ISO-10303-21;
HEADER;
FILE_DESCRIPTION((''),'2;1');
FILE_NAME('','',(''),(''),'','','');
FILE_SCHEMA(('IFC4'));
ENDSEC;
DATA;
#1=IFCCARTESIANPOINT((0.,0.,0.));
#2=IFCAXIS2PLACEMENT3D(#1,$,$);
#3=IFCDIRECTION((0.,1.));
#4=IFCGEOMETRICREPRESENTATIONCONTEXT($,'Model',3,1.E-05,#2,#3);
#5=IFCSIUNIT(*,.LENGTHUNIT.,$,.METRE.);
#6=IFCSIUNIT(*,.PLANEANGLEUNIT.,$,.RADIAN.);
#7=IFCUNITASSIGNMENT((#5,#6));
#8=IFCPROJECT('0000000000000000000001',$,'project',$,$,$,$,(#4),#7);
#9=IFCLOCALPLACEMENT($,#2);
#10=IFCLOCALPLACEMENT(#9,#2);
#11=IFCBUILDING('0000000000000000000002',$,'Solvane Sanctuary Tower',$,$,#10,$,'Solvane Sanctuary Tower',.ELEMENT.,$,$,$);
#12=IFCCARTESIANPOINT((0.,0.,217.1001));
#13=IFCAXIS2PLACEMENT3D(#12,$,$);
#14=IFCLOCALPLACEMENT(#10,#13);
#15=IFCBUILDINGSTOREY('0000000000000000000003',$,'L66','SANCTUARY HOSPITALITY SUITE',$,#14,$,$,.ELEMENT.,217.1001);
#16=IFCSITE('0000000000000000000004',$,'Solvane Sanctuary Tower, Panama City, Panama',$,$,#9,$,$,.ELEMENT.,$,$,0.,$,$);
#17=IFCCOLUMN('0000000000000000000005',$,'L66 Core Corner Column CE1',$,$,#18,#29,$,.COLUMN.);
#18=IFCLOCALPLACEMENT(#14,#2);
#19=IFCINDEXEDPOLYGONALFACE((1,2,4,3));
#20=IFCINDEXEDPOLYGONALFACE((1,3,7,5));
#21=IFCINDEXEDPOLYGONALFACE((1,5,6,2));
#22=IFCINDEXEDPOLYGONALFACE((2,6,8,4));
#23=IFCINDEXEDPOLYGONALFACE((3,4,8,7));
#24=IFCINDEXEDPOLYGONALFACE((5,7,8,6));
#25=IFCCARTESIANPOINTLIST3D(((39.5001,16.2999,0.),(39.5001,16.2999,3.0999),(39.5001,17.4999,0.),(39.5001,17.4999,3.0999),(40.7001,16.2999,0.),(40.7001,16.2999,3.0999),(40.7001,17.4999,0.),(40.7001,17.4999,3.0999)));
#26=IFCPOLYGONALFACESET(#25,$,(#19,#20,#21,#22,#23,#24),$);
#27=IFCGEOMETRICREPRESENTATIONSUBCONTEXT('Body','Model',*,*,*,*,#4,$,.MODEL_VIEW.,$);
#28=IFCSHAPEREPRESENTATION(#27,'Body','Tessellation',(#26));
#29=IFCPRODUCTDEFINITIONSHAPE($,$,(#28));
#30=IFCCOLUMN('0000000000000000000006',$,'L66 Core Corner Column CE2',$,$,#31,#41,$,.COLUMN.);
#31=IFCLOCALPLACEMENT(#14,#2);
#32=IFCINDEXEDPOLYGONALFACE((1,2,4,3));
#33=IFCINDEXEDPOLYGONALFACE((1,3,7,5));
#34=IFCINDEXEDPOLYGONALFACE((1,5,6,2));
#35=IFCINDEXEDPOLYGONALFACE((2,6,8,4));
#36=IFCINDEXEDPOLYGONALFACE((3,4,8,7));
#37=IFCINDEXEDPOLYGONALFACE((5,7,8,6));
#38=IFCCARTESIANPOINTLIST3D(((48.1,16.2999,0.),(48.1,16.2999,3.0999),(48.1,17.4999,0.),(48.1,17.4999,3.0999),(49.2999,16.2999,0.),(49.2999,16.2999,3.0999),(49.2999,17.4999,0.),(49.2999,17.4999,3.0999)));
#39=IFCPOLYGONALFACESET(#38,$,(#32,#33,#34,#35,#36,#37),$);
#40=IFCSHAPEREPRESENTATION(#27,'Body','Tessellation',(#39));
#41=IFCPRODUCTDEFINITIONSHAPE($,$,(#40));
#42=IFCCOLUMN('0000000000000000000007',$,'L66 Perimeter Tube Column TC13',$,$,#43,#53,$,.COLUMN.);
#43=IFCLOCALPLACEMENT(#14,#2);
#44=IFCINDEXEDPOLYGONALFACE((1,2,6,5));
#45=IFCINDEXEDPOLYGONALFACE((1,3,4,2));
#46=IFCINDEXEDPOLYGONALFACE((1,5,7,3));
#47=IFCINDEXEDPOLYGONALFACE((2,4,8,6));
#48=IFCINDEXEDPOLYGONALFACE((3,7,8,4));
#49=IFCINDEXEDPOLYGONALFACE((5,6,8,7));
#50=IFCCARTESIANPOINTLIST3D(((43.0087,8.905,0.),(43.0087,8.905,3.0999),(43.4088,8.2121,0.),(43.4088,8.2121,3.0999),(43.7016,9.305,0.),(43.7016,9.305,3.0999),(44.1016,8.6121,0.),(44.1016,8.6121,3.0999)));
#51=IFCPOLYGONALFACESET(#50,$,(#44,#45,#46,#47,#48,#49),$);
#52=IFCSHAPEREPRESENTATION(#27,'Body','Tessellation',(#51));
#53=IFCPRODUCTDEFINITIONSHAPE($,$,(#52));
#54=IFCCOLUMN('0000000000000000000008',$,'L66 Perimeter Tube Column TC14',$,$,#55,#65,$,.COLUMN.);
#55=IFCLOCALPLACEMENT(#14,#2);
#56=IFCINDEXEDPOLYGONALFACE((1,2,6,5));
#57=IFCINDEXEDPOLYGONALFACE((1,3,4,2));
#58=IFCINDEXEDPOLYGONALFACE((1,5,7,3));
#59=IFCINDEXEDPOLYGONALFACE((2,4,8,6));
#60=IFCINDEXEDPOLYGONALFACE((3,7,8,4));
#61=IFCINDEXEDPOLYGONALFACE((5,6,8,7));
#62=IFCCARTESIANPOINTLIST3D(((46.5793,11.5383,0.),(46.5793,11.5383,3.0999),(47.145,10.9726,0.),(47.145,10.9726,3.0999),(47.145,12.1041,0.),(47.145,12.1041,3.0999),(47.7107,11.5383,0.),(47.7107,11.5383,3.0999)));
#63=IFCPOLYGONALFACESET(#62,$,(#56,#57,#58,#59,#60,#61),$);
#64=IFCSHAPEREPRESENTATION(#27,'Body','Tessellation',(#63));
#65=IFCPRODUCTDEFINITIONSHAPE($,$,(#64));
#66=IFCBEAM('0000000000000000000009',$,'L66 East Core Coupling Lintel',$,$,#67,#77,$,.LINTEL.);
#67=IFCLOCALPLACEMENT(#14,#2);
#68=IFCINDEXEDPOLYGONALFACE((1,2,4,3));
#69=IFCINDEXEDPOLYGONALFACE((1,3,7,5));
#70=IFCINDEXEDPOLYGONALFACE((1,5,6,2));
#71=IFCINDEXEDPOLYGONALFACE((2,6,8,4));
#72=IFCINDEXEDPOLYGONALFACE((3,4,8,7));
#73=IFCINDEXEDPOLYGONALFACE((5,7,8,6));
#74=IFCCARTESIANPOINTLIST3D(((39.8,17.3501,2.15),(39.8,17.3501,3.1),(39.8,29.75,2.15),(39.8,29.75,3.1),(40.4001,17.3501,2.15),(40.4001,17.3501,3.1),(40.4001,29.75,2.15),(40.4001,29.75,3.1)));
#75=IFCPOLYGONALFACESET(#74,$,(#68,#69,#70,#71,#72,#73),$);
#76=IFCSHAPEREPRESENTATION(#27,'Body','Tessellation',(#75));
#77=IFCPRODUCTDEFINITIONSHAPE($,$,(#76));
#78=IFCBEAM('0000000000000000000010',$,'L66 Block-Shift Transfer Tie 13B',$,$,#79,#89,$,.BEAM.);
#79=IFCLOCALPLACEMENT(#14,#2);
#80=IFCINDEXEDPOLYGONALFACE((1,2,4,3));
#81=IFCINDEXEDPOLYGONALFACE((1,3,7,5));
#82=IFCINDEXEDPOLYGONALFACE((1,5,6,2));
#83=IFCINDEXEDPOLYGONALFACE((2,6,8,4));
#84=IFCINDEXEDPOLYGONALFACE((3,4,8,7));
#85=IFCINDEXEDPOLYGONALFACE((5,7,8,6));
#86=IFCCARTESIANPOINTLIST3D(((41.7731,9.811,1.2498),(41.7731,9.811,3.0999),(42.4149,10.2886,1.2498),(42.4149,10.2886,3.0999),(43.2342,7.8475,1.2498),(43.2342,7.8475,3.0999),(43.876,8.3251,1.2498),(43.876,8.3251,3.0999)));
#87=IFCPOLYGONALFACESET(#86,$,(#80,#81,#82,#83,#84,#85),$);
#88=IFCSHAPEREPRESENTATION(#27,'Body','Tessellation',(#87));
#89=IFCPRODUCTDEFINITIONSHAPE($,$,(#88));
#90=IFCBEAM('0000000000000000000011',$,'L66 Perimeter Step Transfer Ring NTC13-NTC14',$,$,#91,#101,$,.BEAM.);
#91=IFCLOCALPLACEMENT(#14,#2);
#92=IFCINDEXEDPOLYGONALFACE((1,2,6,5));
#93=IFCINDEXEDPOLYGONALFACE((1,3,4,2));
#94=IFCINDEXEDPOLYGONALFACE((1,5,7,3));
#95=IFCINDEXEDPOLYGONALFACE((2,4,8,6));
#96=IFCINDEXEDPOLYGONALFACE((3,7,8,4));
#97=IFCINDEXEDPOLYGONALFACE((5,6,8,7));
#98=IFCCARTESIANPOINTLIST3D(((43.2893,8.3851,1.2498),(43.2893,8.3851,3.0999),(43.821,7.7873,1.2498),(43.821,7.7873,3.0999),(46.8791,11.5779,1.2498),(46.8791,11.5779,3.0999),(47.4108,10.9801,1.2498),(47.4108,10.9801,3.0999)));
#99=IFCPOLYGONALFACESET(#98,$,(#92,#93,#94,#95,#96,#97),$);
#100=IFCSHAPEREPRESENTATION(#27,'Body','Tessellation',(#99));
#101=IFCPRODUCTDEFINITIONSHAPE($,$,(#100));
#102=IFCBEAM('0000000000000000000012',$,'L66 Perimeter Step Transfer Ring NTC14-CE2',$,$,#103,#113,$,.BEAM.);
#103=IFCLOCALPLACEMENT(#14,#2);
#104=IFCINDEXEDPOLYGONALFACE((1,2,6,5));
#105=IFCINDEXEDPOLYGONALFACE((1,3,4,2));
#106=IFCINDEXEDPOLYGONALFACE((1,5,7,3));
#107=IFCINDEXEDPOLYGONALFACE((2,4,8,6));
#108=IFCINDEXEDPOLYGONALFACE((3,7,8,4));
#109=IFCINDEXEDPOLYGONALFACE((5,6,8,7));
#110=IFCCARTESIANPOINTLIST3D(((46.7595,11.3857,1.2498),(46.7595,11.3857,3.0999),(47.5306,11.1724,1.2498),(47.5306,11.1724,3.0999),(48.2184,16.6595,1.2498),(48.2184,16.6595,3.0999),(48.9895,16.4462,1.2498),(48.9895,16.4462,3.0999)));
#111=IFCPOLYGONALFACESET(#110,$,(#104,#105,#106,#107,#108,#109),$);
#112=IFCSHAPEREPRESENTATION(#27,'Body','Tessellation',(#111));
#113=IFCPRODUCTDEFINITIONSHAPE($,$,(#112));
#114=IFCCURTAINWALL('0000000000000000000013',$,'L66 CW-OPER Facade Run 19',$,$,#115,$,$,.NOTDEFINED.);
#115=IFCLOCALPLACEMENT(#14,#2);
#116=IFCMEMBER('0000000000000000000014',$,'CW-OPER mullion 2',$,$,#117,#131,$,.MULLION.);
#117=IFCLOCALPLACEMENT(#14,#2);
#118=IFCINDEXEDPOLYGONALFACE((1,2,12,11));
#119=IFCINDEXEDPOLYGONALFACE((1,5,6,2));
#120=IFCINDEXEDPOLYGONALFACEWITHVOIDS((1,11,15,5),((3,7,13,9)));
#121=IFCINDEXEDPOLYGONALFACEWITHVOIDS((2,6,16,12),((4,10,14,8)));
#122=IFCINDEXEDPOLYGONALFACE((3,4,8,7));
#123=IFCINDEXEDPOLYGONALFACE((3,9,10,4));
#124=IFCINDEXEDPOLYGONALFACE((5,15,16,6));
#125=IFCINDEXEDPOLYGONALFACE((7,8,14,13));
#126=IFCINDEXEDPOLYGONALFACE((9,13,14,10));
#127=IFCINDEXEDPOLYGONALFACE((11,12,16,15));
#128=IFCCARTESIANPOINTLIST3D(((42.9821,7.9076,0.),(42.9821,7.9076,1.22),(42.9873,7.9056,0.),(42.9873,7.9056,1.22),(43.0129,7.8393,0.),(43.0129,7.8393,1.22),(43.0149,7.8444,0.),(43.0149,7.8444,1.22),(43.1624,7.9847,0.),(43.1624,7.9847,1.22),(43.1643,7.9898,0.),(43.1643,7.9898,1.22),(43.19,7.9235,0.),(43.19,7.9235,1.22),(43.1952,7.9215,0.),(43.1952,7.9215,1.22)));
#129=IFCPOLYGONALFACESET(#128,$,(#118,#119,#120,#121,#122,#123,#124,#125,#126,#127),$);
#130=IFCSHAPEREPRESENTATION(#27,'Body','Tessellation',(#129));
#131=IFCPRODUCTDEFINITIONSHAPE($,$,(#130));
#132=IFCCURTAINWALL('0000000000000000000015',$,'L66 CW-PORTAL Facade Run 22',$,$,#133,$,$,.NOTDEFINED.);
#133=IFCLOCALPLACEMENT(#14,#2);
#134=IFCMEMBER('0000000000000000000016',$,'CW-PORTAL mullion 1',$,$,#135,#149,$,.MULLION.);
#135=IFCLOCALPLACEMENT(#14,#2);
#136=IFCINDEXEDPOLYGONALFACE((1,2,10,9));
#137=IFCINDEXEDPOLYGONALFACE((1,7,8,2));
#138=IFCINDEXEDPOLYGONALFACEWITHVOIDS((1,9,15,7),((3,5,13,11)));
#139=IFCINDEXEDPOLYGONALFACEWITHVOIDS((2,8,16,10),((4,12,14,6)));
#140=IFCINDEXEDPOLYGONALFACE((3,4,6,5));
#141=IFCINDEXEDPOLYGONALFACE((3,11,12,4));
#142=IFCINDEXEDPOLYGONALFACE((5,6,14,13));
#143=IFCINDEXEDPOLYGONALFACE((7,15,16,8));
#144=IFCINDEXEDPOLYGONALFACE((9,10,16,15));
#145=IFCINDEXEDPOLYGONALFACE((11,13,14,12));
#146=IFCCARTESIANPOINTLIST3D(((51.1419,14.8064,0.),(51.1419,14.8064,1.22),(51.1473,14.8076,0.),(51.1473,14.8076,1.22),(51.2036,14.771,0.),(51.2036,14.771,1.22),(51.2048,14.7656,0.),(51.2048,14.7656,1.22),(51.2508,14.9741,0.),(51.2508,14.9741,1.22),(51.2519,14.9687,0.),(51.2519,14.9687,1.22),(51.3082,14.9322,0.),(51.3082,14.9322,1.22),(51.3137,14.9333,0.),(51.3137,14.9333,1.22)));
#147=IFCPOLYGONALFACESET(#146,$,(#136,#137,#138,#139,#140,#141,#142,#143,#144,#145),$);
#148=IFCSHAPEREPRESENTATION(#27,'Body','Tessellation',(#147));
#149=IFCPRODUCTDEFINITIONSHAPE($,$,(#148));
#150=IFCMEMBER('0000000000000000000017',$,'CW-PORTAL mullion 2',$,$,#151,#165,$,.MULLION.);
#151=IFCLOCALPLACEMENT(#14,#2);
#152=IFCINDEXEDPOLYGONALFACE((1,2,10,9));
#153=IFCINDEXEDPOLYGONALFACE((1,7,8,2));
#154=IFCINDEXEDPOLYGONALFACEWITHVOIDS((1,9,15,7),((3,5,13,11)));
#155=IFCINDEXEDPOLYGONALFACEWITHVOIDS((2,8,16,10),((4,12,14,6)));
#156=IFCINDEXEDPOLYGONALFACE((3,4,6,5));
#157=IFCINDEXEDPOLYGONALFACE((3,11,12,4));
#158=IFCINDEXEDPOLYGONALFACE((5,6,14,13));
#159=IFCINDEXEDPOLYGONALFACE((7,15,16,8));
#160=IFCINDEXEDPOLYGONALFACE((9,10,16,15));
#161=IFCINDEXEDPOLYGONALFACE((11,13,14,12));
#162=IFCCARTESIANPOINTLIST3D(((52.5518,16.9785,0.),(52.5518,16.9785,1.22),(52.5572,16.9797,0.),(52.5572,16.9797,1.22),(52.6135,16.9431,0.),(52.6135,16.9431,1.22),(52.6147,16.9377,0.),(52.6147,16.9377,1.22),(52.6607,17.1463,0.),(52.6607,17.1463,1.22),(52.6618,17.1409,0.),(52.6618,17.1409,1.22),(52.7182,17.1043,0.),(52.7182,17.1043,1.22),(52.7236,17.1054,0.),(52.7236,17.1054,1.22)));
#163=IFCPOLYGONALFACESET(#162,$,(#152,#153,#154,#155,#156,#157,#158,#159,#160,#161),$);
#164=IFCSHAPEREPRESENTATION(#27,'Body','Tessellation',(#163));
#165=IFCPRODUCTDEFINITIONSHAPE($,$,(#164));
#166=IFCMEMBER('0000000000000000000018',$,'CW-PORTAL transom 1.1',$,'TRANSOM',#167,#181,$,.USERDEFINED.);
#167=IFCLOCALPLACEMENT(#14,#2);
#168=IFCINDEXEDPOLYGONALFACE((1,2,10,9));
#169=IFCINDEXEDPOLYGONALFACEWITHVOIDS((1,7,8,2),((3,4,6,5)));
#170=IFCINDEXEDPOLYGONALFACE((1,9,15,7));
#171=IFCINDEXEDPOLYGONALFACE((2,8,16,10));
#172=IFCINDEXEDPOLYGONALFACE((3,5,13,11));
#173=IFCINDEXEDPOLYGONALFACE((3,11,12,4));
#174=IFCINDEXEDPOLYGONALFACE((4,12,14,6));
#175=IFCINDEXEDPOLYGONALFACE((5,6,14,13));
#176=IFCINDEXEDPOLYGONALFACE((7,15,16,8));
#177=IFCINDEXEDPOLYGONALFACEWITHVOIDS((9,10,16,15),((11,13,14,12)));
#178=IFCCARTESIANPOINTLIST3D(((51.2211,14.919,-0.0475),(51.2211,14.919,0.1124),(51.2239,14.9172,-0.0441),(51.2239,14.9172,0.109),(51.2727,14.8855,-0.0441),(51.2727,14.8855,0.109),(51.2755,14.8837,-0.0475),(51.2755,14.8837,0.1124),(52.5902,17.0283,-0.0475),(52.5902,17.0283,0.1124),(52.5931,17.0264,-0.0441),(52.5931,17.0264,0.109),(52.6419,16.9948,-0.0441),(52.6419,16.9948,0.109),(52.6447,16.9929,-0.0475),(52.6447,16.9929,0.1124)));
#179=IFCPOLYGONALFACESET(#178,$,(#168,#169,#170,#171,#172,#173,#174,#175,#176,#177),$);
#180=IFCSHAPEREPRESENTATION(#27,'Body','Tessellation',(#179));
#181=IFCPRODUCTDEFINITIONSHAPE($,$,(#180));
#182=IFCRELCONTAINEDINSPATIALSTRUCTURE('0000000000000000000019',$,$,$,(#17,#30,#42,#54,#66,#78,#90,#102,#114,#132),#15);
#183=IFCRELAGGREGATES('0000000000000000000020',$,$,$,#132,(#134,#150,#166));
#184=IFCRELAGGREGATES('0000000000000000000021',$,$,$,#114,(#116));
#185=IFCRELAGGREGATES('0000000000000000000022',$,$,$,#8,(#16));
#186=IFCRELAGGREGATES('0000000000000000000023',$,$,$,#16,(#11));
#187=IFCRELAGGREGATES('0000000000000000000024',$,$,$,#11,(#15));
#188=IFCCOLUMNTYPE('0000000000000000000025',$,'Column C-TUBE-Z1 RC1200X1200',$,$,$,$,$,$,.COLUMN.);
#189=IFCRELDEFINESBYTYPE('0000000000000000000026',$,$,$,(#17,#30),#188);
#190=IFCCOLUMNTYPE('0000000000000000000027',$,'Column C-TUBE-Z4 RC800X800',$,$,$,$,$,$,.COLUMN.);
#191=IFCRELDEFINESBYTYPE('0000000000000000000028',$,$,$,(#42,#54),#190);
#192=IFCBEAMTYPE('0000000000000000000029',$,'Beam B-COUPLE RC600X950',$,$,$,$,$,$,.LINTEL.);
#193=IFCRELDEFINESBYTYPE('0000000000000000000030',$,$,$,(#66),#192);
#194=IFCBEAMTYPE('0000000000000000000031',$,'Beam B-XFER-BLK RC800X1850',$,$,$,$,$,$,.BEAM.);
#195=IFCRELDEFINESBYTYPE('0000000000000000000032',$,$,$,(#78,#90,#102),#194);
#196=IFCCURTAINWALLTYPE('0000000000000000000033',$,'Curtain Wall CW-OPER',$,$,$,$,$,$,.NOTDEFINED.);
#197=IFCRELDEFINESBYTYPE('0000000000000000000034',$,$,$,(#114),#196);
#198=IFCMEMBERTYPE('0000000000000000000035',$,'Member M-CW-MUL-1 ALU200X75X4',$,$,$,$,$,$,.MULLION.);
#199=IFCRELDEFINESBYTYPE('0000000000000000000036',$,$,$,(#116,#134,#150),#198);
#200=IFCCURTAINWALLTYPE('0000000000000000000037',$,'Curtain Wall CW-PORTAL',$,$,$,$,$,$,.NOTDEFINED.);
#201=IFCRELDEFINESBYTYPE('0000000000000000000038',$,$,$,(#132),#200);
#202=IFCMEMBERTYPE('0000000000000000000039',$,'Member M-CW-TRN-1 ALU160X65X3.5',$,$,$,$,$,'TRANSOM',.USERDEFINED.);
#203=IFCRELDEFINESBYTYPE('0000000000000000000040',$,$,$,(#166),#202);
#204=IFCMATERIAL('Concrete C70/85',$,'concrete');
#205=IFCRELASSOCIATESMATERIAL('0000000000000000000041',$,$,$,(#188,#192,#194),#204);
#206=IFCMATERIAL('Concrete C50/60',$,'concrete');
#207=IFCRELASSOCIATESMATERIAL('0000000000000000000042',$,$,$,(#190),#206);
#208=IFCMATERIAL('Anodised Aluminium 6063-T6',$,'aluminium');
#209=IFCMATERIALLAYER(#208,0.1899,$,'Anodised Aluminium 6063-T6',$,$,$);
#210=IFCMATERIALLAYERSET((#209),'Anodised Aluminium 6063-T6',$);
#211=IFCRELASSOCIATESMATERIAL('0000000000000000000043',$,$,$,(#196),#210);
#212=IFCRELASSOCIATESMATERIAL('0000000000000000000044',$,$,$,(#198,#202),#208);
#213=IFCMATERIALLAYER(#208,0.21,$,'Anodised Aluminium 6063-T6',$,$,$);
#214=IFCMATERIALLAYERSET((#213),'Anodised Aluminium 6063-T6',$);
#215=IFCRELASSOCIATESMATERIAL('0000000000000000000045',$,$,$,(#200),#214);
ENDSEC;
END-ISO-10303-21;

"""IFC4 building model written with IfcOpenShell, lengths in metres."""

from ifc_helpers import new_model, si_unit, direction, frame, origin, origin_2d, place, context, subcontext, project, spatial, rectangle, hollow_rectangle, extrude, material, layer, layer_set, material_profile, profile_set, type_object, element, aggregate, save


model = new_model("IFC4")

# Units and contexts
model_context = context("Model", 3, precision=1e-05, world=origin(), true_north=direction((0.0, 1.0)))
body_context = subcontext(model_context, "Body", "Model", "MODEL_VIEW")
ifc_project = project(units=[si_unit("LENGTHUNIT", "METRE"), si_unit("PLANEANGLEUNIT", "RADIAN")], contexts=[model_context])

# Site, building, storey
site_placement = place(None, origin())
site = spatial("IfcSite", under=ifc_project, at=site_placement, Name="Solvane Sanctuary Tower, Panama City, Panama", CompositionType="ELEMENT", RefElevation=0.0)
building_placement = place(site_placement, origin())
building = spatial("IfcBuilding", under=site, at=building_placement, Name="Solvane Sanctuary Tower", LongName="Solvane Sanctuary Tower", CompositionType="ELEMENT")
storey_placement = place(building_placement, frame((0.0, 0.0, 217.1001)))
storey = spatial("IfcBuildingStorey", under=building, at=storey_placement, Name="L66", Description="SANCTUARY HOSPITALITY SUITE", CompositionType="ELEMENT", Elevation=217.1001)

# Columns
ifc_material_1 = material(Name="Concrete C70/85", Category="concrete")
ifc_material_profile_1 = material_profile(ifc_material_1, rectangle(XDim=1.2, YDim=1.2, at=origin_2d()), Name="RC1200X1200")
ifc_profile_set_1 = profile_set([ifc_material_profile_1], Name="Concrete C70/85")
column_type_1 = type_object("IfcColumnType", Name="Column C-TUBE-Z1 RC1200X1200", PredefinedType="COLUMN", material=ifc_profile_set_1)
for number, where, z_axis, x_axis, name in (
    (1, (40.1001, 16.8999, 0.0), (0.0, 0.0, 1.0), (1.0, 0.0, 0.0), "L66 Core Corner Column CE1"),
    (2, (48.7, 16.8999, 0.0), (0.0, 0.0, 1.0), (1.0, 0.0, 0.0), "L66 Core Corner Column CE2"),
):
    element("IfcColumn", number, at=place(storey_placement, frame(where, z_axis=z_axis, x_axis=x_axis)), inside=storey, type_object=column_type_1, Name=name, PredefinedType="COLUMN", context=body_context, shape_type="SweptSolid", body=[
        extrude(rectangle(XDim=1.2, YDim=1.2, at=origin_2d()), origin(), (0.0, 0.0, 1.0), 3.0999),
    ])
ifc_material_2 = material(Name="Concrete C50/60", Category="concrete")
ifc_material_profile_2 = material_profile(ifc_material_2, rectangle(XDim=0.8, YDim=0.8, at=origin_2d()), Name="RC800X800")
ifc_profile_set_2 = profile_set([ifc_material_profile_2], Name="Concrete C50/60")
column_type_2 = type_object("IfcColumnType", Name="Column C-TUBE-Z4 RC800X800", PredefinedType="COLUMN", material=ifc_profile_set_2)
for number, where, z_axis, x_axis, name in (
    (3, (43.5552, 8.7585, 0.0), (0.0, 0.0, 1.0), (0.5, -0.866025, 0.0), "L66 Perimeter Tube Column TC13"),
    (4, (47.145, 11.5383, 0.0), (0.0, 0.0, 1.0), (0.707107, -0.707107, 0.0), "L66 Perimeter Tube Column TC14"),
):
    element("IfcColumn", number, at=place(storey_placement, frame(where, z_axis=z_axis, x_axis=x_axis)), inside=storey, type_object=column_type_2, Name=name, PredefinedType="COLUMN", context=body_context, shape_type="SweptSolid", body=[
        extrude(rectangle(XDim=0.8, YDim=0.8, at=origin_2d()), origin(), (0.0, 0.0, 1.0), 3.0999),
    ])

# Beams
ifc_material_profile_3 = material_profile(ifc_material_1, rectangle(XDim=0.6001, YDim=0.95, at=origin_2d()), Name="RC600X950")
ifc_profile_set_3 = profile_set([ifc_material_profile_3], Name="Concrete C70/85")
beam_type_1 = type_object("IfcBeamType", Name="Beam B-COUPLE RC600X950", PredefinedType="LINTEL", material=ifc_profile_set_3)
beam_1_placement = place(storey_placement, frame((40.1001, 17.3501, 2.625), z_axis=(0.0, 1.0, 0.0), x_axis=(-1.0, 0.0, 0.0)))
element("IfcBeam", 5, at=beam_1_placement, inside=storey, type_object=beam_type_1, Name="L66 East Core Coupling Lintel", PredefinedType="LINTEL", context=body_context, shape_type="SweptSolid", body=[
    extrude(rectangle(XDim=0.6001, YDim=0.95, at=origin_2d()), origin(), (0.0, 0.0, 1.0), 12.3999),
])
ifc_material_profile_4 = material_profile(ifc_material_1, rectangle(XDim=0.8, YDim=1.8501, at=origin_2d()), Name="RC800X1850")
ifc_profile_set_4 = profile_set([ifc_material_profile_4], Name="Concrete C70/85")
beam_type_2 = type_object("IfcBeamType", Name="Beam B-XFER-BLK RC800X1850", PredefinedType="BEAM", material=ifc_profile_set_4)
beam_2_placement = place(storey_placement, frame((42.094, 10.0498, 2.1748), z_axis=(0.596979, -0.802257, 0.0), x_axis=(0.802257, 0.596979, 0.0)))
element("IfcBeam", 6, at=beam_2_placement, inside=storey, type_object=beam_type_2, Name="L66 Block-Shift Transfer Tie 13B", PredefinedType="BEAM", context=body_context, shape_type="SweptSolid", body=[
    extrude(rectangle(XDim=0.8, YDim=1.8501, at=origin_2d()), origin(), (0.0, 0.0, 1.0), 2.4475),
])
beam_3_placement = place(storey_placement, frame((43.5552, 8.0862, 2.1748), z_axis=(0.747213, 0.664585, 0.0), x_axis=(-0.664585, 0.747213, 0.0)))
element("IfcBeam", 7, at=beam_3_placement, inside=storey, type_object=beam_type_2, Name="L66 Perimeter Step Transfer Ring NTC13-NTC14", PredefinedType="BEAM", context=body_context, shape_type="SweptSolid", body=[
    extrude(rectangle(XDim=0.8, YDim=1.8501, at=origin_2d()), origin(), (0.0, 0.0, 1.0), 4.8042),
])
beam_4_placement = place(storey_placement, frame((47.145, 11.2791, 2.1748), z_axis=(0.266627, 0.9638, 0.0), x_axis=(-0.9638, 0.266627, 0.0)))
element("IfcBeam", 8, at=beam_4_placement, inside=storey, type_object=beam_type_2, Name="L66 Perimeter Step Transfer Ring NTC14-CE2", PredefinedType="BEAM", context=body_context, shape_type="SweptSolid", body=[
    extrude(rectangle(XDim=0.8, YDim=1.8501, at=origin_2d()), origin(), (0.0, 0.0, 1.0), 5.4719),
])

# Curtain wall, member
ifc_material_3 = material(Name="Anodised Aluminium 6063-T6", Category="aluminium")
ifc_layer_1 = layer(ifc_material_3, 0.1899, Name="Anodised Aluminium 6063-T6")
ifc_layer_set_1 = layer_set([ifc_layer_1], Name="Anodised Aluminium 6063-T6")
curtain_wall_type_1 = type_object("IfcCurtainWallType", Name="Curtain Wall CW-OPER", PredefinedType="NOTDEFINED", material=ifc_layer_set_1)
curtain_wall_1_placement = place(storey_placement, origin())
curtain_wall_1 = element("IfcCurtainWall", 9, at=curtain_wall_1_placement, inside=storey, type_object=curtain_wall_type_1, Name="L66 CW-OPER Facade Run 19", PredefinedType="NOTDEFINED")
ifc_material_profile_5 = material_profile(ifc_material_3, hollow_rectangle(XDim=0.075, YDim=0.2, WallThickness=0.0039, at=origin_2d()), Name="ALU200X75X4")
ifc_profile_set_5 = profile_set([ifc_material_profile_5], Name="Anodised Aluminium 6063-T6")
member_type_1 = type_object("IfcMemberType", Name="Member M-CW-MUL-1 ALU200X75X4", PredefinedType="MULLION", material=ifc_profile_set_5)
member_1_placement = place(storey_placement, frame((43.0886, 7.9146, 0.0), z_axis=(0.0, 0.0, 1.0), x_axis=(-0.411471, 0.911423, 0.0)))
member_1 = element("IfcMember", 10, at=member_1_placement, type_object=member_type_1, Name="CW-OPER mullion 2", PredefinedType="MULLION", context=body_context, shape_type="SweptSolid", body=[
    extrude(hollow_rectangle(XDim=0.075, YDim=0.2, WallThickness=0.0039, at=origin_2d()), origin(), (0.0, 0.0, 1.0), 1.22),
])

# Curtain wall, members
ifc_layer_2 = layer(ifc_material_3, 0.21, Name="Anodised Aluminium 6063-T6")
ifc_layer_set_2 = layer_set([ifc_layer_2], Name="Anodised Aluminium 6063-T6")
curtain_wall_type_2 = type_object("IfcCurtainWallType", Name="Curtain Wall CW-PORTAL", PredefinedType="NOTDEFINED", material=ifc_layer_set_2)
curtain_wall_2_placement = place(storey_placement, origin())
curtain_wall_2 = element("IfcCurtainWall", 11, at=curtain_wall_2_placement, inside=storey, type_object=curtain_wall_type_2, Name="L66 CW-PORTAL Facade Run 22", PredefinedType="NOTDEFINED")
member_2_placement = place(storey_placement, frame((51.2278, 14.8699, 0.0), z_axis=(0.0, 0.0, 1.0), x_axis=(-0.838778, 0.544474, 0.0)))
member_2 = element("IfcMember", 12, at=member_2_placement, type_object=member_type_1, Name="CW-PORTAL mullion 1", PredefinedType="MULLION", context=body_context, shape_type="SweptSolid", body=[
    extrude(hollow_rectangle(XDim=0.075, YDim=0.2, WallThickness=0.0039, at=origin_2d()), origin(), (0.0, 0.0, 1.0), 1.22),
])
member_3_placement = place(storey_placement, frame((52.6377, 17.042, 0.0), z_axis=(0.0, 0.0, 1.0), x_axis=(-0.838778, 0.544474, 0.0)))
member_3 = element("IfcMember", 13, at=member_3_placement, type_object=member_type_1, Name="CW-PORTAL mullion 2", PredefinedType="MULLION", context=body_context, shape_type="SweptSolid", body=[
    extrude(hollow_rectangle(XDim=0.075, YDim=0.2, WallThickness=0.0039, at=origin_2d()), origin(), (0.0, 0.0, 1.0), 1.22),
])
ifc_material_profile_6 = material_profile(ifc_material_3, hollow_rectangle(XDim=0.0649, YDim=0.1599, WallThickness=0.0034, at=origin_2d()), Name="ALU160X65X3.5")
ifc_profile_set_6 = profile_set([ifc_material_profile_6], Name="Anodised Aluminium 6063-T6")
member_type_2 = type_object("IfcMemberType", Name="Member M-CW-TRN-1 ALU160X65X3.5", ElementType="TRANSOM", PredefinedType="USERDEFINED", material=ifc_profile_set_6)
member_4_placement = place(storey_placement, frame((51.2483, 14.9014, 0.0325), z_axis=(0.544487, 0.83877, 0.0), x_axis=(-0.83877, 0.544487, 0.0)))
member_4 = element("IfcMember", 14, at=member_4_placement, type_object=member_type_2, Name="CW-PORTAL transom 1.1", ObjectType="TRANSOM", PredefinedType="USERDEFINED", context=body_context, shape_type="SweptSolid", body=[
    extrude(hollow_rectangle(XDim=0.0649, YDim=0.1599, WallThickness=0.0034, at=origin_2d()), origin(), (0.0, 0.0, 1.0), 2.5146),
])
aggregate(curtain_wall_2, [member_2, member_3, member_4])

aggregate(curtain_wall_1, [member_1])

save(model, "model.ifc")
